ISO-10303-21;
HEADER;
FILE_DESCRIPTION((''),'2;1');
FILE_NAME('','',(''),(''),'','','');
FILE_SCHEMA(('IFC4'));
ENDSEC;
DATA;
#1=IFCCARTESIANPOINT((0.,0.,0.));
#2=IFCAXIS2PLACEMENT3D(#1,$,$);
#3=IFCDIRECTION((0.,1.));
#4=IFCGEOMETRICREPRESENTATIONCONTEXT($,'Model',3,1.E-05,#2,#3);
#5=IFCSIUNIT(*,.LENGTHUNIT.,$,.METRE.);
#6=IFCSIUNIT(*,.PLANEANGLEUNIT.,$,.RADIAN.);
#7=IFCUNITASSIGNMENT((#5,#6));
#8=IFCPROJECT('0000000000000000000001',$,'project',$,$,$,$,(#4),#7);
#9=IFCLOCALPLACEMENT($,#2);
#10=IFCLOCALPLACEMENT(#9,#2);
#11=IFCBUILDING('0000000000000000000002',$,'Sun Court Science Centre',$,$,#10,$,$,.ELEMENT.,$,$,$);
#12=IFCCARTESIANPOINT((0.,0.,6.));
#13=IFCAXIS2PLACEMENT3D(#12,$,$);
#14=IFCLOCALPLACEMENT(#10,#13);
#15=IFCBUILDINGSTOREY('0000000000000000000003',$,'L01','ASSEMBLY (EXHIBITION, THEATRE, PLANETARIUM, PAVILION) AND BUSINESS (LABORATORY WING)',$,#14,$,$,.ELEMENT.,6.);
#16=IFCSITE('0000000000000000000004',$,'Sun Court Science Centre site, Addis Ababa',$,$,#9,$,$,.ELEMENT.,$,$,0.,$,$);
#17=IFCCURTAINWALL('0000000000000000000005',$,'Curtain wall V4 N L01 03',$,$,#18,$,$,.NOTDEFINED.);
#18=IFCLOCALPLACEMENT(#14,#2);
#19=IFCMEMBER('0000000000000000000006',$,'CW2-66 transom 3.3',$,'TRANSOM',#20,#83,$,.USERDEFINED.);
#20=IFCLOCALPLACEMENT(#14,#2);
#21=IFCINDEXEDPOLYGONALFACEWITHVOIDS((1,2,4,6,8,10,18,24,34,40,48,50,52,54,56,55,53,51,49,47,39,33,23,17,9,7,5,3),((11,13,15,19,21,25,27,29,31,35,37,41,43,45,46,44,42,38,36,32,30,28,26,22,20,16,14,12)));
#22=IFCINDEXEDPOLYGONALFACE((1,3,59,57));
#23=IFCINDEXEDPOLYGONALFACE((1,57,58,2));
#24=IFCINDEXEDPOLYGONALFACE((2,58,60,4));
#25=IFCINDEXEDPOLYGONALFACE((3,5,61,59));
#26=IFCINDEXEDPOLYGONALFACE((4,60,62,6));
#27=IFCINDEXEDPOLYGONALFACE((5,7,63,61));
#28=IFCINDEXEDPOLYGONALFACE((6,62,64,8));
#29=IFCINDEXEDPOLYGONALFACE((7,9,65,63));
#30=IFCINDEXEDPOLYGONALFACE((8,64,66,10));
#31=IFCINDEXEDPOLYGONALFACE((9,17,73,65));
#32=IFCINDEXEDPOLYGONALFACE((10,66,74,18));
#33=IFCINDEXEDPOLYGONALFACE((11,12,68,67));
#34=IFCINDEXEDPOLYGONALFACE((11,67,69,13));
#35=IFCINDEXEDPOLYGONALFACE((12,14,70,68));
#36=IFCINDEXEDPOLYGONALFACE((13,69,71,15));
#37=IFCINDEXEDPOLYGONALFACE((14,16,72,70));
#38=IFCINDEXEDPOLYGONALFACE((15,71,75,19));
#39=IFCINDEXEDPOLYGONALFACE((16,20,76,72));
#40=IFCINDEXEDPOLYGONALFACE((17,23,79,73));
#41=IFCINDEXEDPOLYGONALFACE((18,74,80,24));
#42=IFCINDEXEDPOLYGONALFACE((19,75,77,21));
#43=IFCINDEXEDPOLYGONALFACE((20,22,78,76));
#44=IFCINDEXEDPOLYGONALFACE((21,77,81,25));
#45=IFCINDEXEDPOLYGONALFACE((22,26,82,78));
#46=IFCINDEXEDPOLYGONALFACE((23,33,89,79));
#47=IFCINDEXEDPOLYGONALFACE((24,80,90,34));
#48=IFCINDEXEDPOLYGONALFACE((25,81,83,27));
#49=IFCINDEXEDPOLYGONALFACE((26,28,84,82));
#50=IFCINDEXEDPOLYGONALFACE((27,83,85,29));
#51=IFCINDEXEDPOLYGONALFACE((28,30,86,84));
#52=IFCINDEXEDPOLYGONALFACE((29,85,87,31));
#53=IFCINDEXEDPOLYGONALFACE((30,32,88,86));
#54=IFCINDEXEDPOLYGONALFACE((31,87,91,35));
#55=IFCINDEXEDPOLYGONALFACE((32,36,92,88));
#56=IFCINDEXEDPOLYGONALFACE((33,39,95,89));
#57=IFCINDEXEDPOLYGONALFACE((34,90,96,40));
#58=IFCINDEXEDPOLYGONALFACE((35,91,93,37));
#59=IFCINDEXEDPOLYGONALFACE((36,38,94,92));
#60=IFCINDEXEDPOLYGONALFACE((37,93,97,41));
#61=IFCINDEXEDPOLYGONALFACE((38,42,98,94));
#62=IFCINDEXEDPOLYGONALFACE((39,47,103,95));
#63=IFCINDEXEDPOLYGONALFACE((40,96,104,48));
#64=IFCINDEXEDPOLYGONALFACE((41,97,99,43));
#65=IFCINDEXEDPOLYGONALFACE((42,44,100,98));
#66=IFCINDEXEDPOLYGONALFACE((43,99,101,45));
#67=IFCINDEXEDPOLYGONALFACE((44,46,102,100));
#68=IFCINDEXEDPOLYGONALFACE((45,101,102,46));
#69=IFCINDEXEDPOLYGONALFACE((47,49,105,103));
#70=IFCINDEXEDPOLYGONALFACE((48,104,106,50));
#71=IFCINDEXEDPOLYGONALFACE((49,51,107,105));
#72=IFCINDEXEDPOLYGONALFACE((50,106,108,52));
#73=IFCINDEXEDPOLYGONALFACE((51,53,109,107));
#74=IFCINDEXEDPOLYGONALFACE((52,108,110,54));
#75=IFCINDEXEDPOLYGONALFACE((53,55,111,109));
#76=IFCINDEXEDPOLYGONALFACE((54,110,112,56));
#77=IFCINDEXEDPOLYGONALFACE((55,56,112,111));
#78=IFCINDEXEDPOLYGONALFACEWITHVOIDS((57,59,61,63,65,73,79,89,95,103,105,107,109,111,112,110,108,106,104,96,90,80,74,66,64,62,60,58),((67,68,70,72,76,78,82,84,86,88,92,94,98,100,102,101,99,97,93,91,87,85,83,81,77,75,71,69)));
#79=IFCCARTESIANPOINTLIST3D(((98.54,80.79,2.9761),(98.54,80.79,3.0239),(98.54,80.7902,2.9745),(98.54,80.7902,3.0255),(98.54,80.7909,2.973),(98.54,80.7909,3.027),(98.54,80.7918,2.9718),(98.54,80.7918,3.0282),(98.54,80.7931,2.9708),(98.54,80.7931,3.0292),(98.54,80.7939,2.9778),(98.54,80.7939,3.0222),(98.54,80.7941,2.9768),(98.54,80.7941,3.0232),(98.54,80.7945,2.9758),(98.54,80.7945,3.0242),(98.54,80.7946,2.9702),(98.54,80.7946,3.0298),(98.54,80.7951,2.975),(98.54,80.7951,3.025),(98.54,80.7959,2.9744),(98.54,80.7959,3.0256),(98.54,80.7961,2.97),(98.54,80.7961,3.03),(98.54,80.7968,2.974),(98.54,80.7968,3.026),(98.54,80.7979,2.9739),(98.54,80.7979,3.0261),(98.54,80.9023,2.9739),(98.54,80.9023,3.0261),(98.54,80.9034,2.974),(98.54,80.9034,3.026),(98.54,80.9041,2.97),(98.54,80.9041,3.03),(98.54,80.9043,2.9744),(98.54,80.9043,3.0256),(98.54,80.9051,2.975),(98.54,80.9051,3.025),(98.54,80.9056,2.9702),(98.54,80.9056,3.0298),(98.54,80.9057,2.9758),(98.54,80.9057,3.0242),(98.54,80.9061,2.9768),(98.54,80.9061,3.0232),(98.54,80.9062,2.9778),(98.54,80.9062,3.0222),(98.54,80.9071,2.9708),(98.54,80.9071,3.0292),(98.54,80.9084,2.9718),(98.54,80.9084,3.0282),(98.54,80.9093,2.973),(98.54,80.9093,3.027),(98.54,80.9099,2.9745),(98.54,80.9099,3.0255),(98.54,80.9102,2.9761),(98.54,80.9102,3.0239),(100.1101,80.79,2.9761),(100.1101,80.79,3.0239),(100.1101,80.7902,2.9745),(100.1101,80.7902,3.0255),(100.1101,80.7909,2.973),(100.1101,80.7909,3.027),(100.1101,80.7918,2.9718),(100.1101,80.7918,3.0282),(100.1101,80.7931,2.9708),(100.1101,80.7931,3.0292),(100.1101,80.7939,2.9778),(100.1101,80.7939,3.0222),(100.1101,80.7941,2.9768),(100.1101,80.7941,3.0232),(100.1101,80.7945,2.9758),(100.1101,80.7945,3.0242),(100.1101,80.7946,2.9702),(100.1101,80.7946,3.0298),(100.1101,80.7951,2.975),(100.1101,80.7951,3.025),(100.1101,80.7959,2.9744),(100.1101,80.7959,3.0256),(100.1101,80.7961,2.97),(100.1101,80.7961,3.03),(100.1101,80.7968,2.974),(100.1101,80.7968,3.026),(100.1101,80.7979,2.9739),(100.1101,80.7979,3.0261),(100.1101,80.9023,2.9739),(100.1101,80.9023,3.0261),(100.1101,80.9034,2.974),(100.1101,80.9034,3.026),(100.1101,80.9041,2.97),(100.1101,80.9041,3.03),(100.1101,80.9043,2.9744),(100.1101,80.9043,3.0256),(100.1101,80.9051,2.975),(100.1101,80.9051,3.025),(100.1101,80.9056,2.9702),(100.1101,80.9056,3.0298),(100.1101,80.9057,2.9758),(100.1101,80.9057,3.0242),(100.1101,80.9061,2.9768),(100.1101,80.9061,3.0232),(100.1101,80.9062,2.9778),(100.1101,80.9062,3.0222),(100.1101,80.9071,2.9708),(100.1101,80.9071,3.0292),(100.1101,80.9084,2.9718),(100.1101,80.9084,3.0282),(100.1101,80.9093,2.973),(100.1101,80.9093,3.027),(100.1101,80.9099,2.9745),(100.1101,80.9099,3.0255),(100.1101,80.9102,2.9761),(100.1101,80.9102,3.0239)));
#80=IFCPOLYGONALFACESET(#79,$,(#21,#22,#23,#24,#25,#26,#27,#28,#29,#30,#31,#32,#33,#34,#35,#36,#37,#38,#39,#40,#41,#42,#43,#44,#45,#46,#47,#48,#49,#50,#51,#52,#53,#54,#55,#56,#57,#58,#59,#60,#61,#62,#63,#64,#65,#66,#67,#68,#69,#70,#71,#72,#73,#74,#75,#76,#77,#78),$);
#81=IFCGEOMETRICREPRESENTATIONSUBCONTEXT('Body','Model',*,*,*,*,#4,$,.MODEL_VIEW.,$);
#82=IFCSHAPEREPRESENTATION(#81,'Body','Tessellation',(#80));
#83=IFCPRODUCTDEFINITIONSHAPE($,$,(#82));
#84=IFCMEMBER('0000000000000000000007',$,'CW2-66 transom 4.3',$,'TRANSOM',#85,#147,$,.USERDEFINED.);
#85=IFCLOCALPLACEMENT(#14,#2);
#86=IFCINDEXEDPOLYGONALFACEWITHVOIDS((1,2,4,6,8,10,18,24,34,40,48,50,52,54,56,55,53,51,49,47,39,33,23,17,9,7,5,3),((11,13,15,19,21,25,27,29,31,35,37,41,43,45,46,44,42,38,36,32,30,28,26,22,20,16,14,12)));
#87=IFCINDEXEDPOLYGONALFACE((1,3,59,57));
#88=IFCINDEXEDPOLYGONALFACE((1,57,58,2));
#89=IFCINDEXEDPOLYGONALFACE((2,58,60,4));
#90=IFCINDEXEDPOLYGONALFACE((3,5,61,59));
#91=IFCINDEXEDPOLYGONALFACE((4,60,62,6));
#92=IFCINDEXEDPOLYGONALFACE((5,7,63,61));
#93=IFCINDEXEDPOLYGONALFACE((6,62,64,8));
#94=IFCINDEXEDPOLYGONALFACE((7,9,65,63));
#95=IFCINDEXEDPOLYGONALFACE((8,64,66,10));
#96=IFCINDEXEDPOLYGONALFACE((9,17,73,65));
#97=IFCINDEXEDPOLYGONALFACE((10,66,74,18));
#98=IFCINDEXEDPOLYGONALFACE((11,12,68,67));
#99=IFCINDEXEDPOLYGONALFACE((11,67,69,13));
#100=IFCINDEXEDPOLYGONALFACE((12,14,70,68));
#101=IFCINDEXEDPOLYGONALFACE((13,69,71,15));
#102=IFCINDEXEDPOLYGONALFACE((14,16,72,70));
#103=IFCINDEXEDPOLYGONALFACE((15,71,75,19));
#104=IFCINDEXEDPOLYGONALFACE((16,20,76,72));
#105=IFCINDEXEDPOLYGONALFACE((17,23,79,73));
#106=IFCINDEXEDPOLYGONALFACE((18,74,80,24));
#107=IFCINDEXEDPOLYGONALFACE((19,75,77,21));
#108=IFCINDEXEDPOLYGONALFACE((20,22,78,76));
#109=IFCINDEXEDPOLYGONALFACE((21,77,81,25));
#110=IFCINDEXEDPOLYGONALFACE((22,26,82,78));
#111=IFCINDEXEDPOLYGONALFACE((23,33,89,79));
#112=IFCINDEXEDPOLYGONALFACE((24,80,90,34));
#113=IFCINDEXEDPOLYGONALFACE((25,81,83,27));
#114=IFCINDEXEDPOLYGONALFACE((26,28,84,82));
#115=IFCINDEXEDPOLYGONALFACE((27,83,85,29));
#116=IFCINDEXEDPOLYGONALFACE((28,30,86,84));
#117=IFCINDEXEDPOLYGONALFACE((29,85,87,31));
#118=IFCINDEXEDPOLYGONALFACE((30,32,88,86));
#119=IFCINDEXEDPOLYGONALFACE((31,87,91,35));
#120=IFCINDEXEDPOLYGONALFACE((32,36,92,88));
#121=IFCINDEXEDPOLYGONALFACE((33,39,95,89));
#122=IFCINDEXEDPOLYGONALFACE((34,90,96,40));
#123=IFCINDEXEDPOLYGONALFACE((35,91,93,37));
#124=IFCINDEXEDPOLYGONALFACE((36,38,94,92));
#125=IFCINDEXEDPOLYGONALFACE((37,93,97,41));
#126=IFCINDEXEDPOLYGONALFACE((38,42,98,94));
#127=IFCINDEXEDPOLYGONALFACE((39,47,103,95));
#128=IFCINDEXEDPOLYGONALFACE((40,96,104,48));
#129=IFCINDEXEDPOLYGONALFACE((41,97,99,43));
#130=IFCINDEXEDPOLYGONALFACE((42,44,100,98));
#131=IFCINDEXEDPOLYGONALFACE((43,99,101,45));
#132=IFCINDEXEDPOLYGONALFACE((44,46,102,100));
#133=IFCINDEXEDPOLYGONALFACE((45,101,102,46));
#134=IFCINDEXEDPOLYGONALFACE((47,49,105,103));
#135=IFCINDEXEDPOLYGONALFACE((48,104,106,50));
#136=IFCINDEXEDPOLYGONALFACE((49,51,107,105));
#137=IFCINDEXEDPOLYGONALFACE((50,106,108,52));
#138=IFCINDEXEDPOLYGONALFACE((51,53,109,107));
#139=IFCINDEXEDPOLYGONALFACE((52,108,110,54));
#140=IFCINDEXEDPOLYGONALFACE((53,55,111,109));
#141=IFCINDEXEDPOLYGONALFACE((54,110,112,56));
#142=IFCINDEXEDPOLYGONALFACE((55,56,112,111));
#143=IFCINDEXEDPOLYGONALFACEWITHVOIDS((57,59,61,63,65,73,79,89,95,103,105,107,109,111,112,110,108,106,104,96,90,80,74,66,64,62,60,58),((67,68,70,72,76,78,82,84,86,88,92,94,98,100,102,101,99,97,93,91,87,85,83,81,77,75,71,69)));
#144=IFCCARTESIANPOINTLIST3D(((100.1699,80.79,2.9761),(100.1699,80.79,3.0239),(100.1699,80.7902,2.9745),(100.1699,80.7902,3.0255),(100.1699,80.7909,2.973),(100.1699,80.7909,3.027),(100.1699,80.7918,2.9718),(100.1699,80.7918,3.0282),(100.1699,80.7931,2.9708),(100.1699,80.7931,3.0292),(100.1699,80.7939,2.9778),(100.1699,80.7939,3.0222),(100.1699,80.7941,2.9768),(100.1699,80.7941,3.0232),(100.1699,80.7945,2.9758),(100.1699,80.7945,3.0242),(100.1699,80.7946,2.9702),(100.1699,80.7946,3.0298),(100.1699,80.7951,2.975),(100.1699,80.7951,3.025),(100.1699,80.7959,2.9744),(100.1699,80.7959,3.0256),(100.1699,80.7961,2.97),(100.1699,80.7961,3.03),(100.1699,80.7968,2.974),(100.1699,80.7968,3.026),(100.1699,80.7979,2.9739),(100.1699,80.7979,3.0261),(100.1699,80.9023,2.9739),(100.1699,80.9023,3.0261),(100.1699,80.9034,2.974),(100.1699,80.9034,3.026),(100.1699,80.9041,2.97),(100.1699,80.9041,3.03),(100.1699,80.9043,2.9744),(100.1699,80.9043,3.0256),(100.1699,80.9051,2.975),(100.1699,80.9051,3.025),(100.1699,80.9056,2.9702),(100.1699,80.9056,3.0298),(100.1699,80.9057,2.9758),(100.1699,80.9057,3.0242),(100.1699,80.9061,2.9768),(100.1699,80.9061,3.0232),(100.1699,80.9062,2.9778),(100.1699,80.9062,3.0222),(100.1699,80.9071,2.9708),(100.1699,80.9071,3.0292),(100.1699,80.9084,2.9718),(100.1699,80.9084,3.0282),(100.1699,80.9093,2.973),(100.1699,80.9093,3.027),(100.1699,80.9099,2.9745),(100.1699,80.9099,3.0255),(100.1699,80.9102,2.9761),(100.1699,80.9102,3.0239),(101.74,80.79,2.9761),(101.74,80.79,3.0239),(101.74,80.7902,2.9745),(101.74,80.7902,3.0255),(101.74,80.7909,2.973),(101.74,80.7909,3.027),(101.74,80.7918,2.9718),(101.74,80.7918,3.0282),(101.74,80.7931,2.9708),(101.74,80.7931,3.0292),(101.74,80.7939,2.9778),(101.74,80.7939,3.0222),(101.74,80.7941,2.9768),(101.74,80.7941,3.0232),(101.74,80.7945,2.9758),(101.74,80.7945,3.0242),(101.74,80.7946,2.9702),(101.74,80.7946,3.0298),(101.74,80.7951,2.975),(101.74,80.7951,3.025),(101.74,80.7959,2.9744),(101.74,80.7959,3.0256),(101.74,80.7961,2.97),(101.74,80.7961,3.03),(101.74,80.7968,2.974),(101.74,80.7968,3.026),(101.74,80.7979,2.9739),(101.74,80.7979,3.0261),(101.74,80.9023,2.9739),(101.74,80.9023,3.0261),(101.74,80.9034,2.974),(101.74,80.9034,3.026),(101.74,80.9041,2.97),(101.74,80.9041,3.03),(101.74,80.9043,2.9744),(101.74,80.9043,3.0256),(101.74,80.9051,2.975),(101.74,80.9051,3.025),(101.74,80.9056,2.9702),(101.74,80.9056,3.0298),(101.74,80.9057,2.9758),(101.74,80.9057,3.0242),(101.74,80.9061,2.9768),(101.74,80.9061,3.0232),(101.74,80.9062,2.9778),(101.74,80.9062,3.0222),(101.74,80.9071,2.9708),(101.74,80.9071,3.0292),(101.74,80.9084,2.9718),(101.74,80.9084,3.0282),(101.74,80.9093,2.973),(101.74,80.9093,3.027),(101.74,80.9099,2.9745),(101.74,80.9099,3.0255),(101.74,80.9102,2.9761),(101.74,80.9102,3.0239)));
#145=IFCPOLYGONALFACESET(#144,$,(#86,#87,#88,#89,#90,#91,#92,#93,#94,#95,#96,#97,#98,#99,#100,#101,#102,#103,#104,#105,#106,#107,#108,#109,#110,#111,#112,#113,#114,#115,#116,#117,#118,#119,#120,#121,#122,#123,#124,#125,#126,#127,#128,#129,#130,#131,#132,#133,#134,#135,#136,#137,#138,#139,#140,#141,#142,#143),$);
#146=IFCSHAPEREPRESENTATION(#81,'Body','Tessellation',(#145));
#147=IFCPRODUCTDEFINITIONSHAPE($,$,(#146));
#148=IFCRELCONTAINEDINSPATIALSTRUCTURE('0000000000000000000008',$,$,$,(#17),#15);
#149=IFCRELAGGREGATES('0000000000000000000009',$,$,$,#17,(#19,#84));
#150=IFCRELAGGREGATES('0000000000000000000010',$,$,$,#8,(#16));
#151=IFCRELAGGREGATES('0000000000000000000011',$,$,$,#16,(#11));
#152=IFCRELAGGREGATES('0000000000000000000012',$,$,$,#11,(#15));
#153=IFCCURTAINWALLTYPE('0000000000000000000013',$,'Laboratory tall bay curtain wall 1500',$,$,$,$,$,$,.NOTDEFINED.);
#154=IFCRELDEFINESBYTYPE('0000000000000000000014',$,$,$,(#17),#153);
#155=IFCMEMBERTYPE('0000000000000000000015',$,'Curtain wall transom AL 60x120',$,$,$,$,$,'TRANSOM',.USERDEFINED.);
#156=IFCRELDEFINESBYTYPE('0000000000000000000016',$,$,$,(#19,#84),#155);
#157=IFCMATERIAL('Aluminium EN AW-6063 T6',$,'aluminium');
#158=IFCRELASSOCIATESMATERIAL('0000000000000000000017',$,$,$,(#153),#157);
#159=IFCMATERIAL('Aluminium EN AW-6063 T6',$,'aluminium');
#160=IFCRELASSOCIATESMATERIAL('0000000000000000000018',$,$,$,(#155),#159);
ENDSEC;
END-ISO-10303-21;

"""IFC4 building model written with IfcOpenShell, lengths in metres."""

from ifc_helpers import new_model, si_unit, direction, frame, origin, origin_2d, place, context, subcontext, project, spatial, hollow_rectangle, extrude, material, material_profile, profile_set, type_object, element, aggregate, save


model = new_model("IFC4")

# Units and contexts
model_context = context("Model", 3, precision=1e-05, world=origin(), true_north=direction((0.0, 1.0)))
body_context = subcontext(model_context, "Body", "Model", "MODEL_VIEW")
ifc_project = project(units=[si_unit("LENGTHUNIT", "METRE"), si_unit("PLANEANGLEUNIT", "RADIAN")], contexts=[model_context])

# Site, building, storey
site_placement = place(None, origin())
site = spatial("IfcSite", under=ifc_project, at=site_placement, Name="Sun Court Science Centre site, Addis Ababa", CompositionType="ELEMENT", RefElevation=0.0)
building_placement = place(site_placement, origin())
building = spatial("IfcBuilding", under=site, at=building_placement, Name="Sun Court Science Centre", CompositionType="ELEMENT")
storey_placement = place(building_placement, frame((0.0, 0.0, 6.0)))
storey = spatial("IfcBuildingStorey", under=building, at=storey_placement, Name="L01", Description="ASSEMBLY (EXHIBITION, THEATRE, PLANETARIUM, PAVILION) AND BUSINESS (LABORATORY WING)", CompositionType="ELEMENT", Elevation=6.0)

# Curtain wall, members
ifc_material_1 = material(Name="Aluminium EN AW-6063 T6", Category="aluminium")
curtain_wall_type = type_object("IfcCurtainWallType", Name="Laboratory tall bay curtain wall 1500", PredefinedType="NOTDEFINED", material=ifc_material_1)
curtain_wall_placement = place(storey_placement, origin())
curtain_wall = element("IfcCurtainWall", 1, at=curtain_wall_placement, inside=storey, type_object=curtain_wall_type, Name="Curtain wall V4 N L01 03", PredefinedType="NOTDEFINED")
ifc_material_2 = material(Name="Aluminium EN AW-6063 T6", Category="aluminium")
ifc_material_profile_1 = material_profile(ifc_material_2, hollow_rectangle(XDim=0.0601, YDim=0.1201, WallThickness=0.0039, InnerFilletRadius=0.0039, OuterFilletRadius=0.0061, at=origin_2d()), Name="AL 60x120x4")
ifc_profile_set_1 = profile_set([ifc_material_profile_1], Name="Aluminium EN AW-6063 T6")
member_type_1 = type_object("IfcMemberType", Name="Curtain wall transom AL 60x120", ElementType="TRANSOM", PredefinedType="USERDEFINED", material=ifc_profile_set_1)
member_1_placement = place(storey_placement, frame((98.54, 80.8501, 3.0), z_axis=(1.0, 0.0, 0.0), x_axis=(0.0, 0.0, 1.0)))
member_1 = element("IfcMember", 2, at=member_1_placement, type_object=member_type_1, Name="CW2-66 transom 3.3", ObjectType="TRANSOM", PredefinedType="USERDEFINED", context=body_context, shape_type="SweptSolid", body=[
    extrude(hollow_rectangle(XDim=0.0601, YDim=0.1201, WallThickness=0.0039, InnerFilletRadius=0.0039, OuterFilletRadius=0.0061, at=origin_2d()), origin(), (0.0, 0.0, 1.0), 1.5701),
])
member_2_placement = place(storey_placement, frame((100.1699, 80.8501, 3.0), z_axis=(1.0, 0.0, 0.0), x_axis=(0.0, 0.0, 1.0)))
member_2 = element("IfcMember", 3, at=member_2_placement, type_object=member_type_1, Name="CW2-66 transom 4.3", ObjectType="TRANSOM", PredefinedType="USERDEFINED", context=body_context, shape_type="SweptSolid", body=[
    extrude(hollow_rectangle(XDim=0.0601, YDim=0.1201, WallThickness=0.0039, InnerFilletRadius=0.0039, OuterFilletRadius=0.0061, at=origin_2d()), origin(), (0.0, 0.0, 1.0), 1.5701),
])
aggregate(curtain_wall, [member_1, member_2])

save(model, "model.ifc")
